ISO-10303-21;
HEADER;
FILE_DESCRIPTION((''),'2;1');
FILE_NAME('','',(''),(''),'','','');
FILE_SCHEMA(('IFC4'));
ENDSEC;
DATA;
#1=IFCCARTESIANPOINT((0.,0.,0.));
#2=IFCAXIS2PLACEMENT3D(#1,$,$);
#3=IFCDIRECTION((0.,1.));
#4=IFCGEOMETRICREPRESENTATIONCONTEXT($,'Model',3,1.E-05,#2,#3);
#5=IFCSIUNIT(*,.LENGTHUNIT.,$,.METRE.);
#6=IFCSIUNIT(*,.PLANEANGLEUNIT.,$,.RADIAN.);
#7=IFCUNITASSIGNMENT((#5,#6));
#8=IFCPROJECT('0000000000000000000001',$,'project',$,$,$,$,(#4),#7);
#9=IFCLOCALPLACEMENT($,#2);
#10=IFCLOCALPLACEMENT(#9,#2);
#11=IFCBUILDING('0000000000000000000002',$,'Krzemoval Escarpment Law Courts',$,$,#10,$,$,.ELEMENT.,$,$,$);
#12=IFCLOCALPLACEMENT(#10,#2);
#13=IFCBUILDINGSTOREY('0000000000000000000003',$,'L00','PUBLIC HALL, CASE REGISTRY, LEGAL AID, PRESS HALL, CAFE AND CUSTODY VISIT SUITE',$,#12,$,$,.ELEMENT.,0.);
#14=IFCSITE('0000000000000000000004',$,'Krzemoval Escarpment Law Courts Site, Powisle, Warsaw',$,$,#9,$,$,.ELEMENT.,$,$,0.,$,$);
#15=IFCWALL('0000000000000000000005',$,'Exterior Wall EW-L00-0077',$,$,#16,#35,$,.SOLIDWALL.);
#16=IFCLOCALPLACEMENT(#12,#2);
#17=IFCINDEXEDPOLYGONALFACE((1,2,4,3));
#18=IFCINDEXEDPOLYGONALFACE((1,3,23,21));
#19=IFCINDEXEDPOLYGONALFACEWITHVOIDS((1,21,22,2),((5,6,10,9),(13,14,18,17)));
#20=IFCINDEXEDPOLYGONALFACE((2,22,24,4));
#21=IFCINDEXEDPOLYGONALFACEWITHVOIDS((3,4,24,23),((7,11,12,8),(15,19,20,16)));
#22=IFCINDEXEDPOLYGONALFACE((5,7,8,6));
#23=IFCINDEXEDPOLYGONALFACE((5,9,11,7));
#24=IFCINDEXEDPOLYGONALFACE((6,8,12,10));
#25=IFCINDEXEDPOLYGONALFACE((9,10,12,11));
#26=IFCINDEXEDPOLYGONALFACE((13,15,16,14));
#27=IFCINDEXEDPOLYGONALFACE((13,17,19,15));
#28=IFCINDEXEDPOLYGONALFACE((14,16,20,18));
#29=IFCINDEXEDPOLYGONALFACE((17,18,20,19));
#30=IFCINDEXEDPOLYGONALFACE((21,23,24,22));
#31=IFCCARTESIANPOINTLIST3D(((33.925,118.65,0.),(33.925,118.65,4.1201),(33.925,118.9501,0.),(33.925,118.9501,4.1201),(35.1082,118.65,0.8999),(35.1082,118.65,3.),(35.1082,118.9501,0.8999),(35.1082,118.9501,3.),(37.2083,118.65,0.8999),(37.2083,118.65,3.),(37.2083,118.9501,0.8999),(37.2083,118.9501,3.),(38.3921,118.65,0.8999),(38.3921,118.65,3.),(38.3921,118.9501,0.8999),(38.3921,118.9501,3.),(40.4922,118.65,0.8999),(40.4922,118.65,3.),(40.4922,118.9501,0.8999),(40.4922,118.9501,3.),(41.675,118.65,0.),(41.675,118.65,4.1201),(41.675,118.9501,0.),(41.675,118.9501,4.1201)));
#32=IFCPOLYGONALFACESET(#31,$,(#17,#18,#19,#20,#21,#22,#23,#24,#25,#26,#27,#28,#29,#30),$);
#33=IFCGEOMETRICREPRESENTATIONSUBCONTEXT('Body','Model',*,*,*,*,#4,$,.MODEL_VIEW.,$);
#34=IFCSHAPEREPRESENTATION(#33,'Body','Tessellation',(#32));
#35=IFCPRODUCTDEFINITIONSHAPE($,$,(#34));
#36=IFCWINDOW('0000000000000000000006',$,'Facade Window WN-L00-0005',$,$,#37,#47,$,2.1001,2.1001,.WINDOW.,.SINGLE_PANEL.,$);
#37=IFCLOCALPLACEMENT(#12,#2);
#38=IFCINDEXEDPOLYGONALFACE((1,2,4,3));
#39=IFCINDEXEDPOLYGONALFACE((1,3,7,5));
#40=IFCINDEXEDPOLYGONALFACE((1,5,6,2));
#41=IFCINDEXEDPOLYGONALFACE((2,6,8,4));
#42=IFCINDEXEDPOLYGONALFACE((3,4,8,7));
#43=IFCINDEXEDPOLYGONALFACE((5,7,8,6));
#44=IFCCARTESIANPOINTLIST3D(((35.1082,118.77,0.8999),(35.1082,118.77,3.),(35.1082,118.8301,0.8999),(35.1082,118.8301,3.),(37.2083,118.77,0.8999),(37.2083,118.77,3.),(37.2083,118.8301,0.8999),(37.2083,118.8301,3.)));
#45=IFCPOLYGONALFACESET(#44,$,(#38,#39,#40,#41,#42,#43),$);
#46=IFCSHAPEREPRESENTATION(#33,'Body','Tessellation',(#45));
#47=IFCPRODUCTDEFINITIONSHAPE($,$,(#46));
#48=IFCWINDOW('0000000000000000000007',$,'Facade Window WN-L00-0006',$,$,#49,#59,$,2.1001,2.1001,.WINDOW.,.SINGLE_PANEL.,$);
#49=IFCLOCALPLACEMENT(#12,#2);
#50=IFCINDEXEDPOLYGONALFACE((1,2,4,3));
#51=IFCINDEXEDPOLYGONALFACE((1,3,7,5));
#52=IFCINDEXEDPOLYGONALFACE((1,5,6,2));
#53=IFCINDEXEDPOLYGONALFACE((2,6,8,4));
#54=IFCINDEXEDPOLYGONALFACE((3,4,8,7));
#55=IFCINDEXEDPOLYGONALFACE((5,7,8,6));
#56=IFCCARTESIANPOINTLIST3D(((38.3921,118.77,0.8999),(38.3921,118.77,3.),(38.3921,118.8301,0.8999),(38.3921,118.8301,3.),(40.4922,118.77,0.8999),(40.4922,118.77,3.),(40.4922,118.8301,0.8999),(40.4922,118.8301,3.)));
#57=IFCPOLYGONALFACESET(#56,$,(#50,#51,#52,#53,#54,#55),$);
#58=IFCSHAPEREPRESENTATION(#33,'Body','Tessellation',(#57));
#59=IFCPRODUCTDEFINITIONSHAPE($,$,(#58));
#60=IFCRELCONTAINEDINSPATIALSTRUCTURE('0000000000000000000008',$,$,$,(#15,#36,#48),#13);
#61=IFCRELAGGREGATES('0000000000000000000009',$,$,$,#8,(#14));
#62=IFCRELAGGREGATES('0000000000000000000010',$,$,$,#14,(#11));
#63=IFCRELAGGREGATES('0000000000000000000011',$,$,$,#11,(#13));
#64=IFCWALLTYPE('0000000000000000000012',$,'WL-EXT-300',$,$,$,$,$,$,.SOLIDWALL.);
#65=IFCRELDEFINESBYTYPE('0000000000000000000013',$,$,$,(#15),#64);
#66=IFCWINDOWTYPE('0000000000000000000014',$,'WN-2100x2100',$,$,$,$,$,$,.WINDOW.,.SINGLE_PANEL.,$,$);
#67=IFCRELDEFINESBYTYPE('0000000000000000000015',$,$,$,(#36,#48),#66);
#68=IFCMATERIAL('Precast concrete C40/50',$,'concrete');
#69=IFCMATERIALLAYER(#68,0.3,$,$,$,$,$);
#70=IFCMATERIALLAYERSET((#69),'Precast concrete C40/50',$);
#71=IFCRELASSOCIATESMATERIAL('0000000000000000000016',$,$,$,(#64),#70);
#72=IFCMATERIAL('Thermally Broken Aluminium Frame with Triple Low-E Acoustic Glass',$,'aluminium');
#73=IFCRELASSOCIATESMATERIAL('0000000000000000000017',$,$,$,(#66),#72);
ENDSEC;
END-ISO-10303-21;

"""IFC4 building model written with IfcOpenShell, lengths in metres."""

from ifc_helpers import new_model, si_unit, direction, frame, frame_2d, origin, place, context, subcontext, project, spatial, rectangle, extrude, material, layer, layer_set, type_object, element, fill, save


model = new_model("IFC4")

# Units and contexts
model_context = context("Model", 3, precision=1e-05, world=origin(), true_north=direction((0.0, 1.0)))
body_context = subcontext(model_context, "Body", "Model", "MODEL_VIEW")
ifc_project = project(units=[si_unit("LENGTHUNIT", "METRE"), si_unit("PLANEANGLEUNIT", "RADIAN")], contexts=[model_context])

# Site, building, storey
site_placement = place(None, origin())
site = spatial("IfcSite", under=ifc_project, at=site_placement, Name="Krzemoval Escarpment Law Courts Site, Powisle, Warsaw", CompositionType="ELEMENT", RefElevation=0.0)
building_placement = place(site_placement, origin())
building = spatial("IfcBuilding", under=site, at=building_placement, Name="Krzemoval Escarpment Law Courts", CompositionType="ELEMENT")
storey_placement = place(building_placement, origin())
storey = spatial("IfcBuildingStorey", under=building, at=storey_placement, Name="L00", Description="PUBLIC HALL, CASE REGISTRY, LEGAL AID, PRESS HALL, CAFE AND CUSTODY VISIT SUITE", CompositionType="ELEMENT", Elevation=0.0)

# Shared definitions
ifc_material_1 = material(Name="Precast concrete C40/50", Category="concrete")
ifc_layer = layer(ifc_material_1, 0.3)
ifc_layer_set = layer_set([ifc_layer], Name="Precast concrete C40/50")
wall_type = type_object("IfcWallType", Name="WL-EXT-300", PredefinedType="SOLIDWALL", material=ifc_layer_set)

# Wall, openings, windows
wall_1_placement = place(storey_placement, frame((33.925, 118.8, 0.0), z_axis=(0.0, 0.0, 1.0), x_axis=(1.0, 0.0, 0.0)))
wall_1 = element("IfcWall", 1, at=wall_1_placement, inside=storey, type_object=wall_type, Name="Exterior Wall EW-L00-0077", PredefinedType="SOLIDWALL", context=body_context, shape_type="SweptSolid", body=[
    extrude(rectangle(XDim=7.75, YDim=0.3, at=frame_2d((3.875, 0.0))), origin(), (0.0, 0.0, 1.0), 4.1201),
])
opening_1_placement = place(wall_1_placement, frame((1.1831, 0.0, 0.8999)))
opening_1 = element("IfcOpeningElement", 2, at=opening_1_placement, cuts=wall_1, PredefinedType="OPENING", context=body_context, shape_type="SweptSolid", body=[
    extrude(rectangle(XDim=2.1001, YDim=2.1001, at=frame_2d((1.05, 1.05))), frame((0.0, 0.165, 0.0), z_axis=(0.0, -1.0, 0.0), x_axis=(1.0, 0.0, 0.0)), (0.0, 0.0, 1.0), 0.3301),
])
opening_2_placement = place(wall_1_placement, frame((4.467, 0.0, 0.8999)))
opening_2 = element("IfcOpeningElement", 3, at=opening_2_placement, cuts=wall_1, PredefinedType="OPENING", context=body_context, shape_type="SweptSolid", body=[
    extrude(rectangle(XDim=2.1001, YDim=2.1001, at=frame_2d((1.05, 1.05))), frame((0.0, 0.165, 0.0), z_axis=(0.0, -1.0, 0.0), x_axis=(1.0, 0.0, 0.0)), (0.0, 0.0, 1.0), 0.3301),
])
ifc_material_2 = material(Name="Thermally Broken Aluminium Frame with Triple Low-E Acoustic Glass", Category="aluminium")
window_type = type_object("IfcWindowType", Name="WN-2100x2100", PartitioningType="SINGLE_PANEL", PredefinedType="WINDOW", material=ifc_material_2)
window_1_placement = place(opening_1_placement, origin())
window_1 = element("IfcWindow", 4, at=window_1_placement, inside=storey, type_object=window_type, Name="Facade Window WN-L00-0005", OverallHeight=2.1001, OverallWidth=2.1001, PartitioningType="SINGLE_PANEL", PredefinedType="WINDOW", context=body_context, shape_type="SweptSolid", body=[
    extrude(rectangle(XDim=2.1001, YDim=2.1001, at=frame_2d((1.05, 1.05))), frame((0.0, 0.03, 0.0), z_axis=(0.0, -1.0, 0.0), x_axis=(1.0, 0.0, 0.0)), (0.0, 0.0, 1.0), 0.0601),
])
fill(opening_1, window_1)
window_2_placement = place(opening_2_placement, origin())
window_2 = element("IfcWindow", 5, at=window_2_placement, inside=storey, type_object=window_type, Name="Facade Window WN-L00-0006", OverallHeight=2.1001, OverallWidth=2.1001, PartitioningType="SINGLE_PANEL", PredefinedType="WINDOW", context=body_context, shape_type="SweptSolid", body=[
    extrude(rectangle(XDim=2.1001, YDim=2.1001, at=frame_2d((1.05, 1.05))), frame((0.0, 0.03, 0.0), z_axis=(0.0, -1.0, 0.0), x_axis=(1.0, 0.0, 0.0)), (0.0, 0.0, 1.0), 0.0601),
])
fill(opening_2, window_2)

save(model, "model.ifc")
